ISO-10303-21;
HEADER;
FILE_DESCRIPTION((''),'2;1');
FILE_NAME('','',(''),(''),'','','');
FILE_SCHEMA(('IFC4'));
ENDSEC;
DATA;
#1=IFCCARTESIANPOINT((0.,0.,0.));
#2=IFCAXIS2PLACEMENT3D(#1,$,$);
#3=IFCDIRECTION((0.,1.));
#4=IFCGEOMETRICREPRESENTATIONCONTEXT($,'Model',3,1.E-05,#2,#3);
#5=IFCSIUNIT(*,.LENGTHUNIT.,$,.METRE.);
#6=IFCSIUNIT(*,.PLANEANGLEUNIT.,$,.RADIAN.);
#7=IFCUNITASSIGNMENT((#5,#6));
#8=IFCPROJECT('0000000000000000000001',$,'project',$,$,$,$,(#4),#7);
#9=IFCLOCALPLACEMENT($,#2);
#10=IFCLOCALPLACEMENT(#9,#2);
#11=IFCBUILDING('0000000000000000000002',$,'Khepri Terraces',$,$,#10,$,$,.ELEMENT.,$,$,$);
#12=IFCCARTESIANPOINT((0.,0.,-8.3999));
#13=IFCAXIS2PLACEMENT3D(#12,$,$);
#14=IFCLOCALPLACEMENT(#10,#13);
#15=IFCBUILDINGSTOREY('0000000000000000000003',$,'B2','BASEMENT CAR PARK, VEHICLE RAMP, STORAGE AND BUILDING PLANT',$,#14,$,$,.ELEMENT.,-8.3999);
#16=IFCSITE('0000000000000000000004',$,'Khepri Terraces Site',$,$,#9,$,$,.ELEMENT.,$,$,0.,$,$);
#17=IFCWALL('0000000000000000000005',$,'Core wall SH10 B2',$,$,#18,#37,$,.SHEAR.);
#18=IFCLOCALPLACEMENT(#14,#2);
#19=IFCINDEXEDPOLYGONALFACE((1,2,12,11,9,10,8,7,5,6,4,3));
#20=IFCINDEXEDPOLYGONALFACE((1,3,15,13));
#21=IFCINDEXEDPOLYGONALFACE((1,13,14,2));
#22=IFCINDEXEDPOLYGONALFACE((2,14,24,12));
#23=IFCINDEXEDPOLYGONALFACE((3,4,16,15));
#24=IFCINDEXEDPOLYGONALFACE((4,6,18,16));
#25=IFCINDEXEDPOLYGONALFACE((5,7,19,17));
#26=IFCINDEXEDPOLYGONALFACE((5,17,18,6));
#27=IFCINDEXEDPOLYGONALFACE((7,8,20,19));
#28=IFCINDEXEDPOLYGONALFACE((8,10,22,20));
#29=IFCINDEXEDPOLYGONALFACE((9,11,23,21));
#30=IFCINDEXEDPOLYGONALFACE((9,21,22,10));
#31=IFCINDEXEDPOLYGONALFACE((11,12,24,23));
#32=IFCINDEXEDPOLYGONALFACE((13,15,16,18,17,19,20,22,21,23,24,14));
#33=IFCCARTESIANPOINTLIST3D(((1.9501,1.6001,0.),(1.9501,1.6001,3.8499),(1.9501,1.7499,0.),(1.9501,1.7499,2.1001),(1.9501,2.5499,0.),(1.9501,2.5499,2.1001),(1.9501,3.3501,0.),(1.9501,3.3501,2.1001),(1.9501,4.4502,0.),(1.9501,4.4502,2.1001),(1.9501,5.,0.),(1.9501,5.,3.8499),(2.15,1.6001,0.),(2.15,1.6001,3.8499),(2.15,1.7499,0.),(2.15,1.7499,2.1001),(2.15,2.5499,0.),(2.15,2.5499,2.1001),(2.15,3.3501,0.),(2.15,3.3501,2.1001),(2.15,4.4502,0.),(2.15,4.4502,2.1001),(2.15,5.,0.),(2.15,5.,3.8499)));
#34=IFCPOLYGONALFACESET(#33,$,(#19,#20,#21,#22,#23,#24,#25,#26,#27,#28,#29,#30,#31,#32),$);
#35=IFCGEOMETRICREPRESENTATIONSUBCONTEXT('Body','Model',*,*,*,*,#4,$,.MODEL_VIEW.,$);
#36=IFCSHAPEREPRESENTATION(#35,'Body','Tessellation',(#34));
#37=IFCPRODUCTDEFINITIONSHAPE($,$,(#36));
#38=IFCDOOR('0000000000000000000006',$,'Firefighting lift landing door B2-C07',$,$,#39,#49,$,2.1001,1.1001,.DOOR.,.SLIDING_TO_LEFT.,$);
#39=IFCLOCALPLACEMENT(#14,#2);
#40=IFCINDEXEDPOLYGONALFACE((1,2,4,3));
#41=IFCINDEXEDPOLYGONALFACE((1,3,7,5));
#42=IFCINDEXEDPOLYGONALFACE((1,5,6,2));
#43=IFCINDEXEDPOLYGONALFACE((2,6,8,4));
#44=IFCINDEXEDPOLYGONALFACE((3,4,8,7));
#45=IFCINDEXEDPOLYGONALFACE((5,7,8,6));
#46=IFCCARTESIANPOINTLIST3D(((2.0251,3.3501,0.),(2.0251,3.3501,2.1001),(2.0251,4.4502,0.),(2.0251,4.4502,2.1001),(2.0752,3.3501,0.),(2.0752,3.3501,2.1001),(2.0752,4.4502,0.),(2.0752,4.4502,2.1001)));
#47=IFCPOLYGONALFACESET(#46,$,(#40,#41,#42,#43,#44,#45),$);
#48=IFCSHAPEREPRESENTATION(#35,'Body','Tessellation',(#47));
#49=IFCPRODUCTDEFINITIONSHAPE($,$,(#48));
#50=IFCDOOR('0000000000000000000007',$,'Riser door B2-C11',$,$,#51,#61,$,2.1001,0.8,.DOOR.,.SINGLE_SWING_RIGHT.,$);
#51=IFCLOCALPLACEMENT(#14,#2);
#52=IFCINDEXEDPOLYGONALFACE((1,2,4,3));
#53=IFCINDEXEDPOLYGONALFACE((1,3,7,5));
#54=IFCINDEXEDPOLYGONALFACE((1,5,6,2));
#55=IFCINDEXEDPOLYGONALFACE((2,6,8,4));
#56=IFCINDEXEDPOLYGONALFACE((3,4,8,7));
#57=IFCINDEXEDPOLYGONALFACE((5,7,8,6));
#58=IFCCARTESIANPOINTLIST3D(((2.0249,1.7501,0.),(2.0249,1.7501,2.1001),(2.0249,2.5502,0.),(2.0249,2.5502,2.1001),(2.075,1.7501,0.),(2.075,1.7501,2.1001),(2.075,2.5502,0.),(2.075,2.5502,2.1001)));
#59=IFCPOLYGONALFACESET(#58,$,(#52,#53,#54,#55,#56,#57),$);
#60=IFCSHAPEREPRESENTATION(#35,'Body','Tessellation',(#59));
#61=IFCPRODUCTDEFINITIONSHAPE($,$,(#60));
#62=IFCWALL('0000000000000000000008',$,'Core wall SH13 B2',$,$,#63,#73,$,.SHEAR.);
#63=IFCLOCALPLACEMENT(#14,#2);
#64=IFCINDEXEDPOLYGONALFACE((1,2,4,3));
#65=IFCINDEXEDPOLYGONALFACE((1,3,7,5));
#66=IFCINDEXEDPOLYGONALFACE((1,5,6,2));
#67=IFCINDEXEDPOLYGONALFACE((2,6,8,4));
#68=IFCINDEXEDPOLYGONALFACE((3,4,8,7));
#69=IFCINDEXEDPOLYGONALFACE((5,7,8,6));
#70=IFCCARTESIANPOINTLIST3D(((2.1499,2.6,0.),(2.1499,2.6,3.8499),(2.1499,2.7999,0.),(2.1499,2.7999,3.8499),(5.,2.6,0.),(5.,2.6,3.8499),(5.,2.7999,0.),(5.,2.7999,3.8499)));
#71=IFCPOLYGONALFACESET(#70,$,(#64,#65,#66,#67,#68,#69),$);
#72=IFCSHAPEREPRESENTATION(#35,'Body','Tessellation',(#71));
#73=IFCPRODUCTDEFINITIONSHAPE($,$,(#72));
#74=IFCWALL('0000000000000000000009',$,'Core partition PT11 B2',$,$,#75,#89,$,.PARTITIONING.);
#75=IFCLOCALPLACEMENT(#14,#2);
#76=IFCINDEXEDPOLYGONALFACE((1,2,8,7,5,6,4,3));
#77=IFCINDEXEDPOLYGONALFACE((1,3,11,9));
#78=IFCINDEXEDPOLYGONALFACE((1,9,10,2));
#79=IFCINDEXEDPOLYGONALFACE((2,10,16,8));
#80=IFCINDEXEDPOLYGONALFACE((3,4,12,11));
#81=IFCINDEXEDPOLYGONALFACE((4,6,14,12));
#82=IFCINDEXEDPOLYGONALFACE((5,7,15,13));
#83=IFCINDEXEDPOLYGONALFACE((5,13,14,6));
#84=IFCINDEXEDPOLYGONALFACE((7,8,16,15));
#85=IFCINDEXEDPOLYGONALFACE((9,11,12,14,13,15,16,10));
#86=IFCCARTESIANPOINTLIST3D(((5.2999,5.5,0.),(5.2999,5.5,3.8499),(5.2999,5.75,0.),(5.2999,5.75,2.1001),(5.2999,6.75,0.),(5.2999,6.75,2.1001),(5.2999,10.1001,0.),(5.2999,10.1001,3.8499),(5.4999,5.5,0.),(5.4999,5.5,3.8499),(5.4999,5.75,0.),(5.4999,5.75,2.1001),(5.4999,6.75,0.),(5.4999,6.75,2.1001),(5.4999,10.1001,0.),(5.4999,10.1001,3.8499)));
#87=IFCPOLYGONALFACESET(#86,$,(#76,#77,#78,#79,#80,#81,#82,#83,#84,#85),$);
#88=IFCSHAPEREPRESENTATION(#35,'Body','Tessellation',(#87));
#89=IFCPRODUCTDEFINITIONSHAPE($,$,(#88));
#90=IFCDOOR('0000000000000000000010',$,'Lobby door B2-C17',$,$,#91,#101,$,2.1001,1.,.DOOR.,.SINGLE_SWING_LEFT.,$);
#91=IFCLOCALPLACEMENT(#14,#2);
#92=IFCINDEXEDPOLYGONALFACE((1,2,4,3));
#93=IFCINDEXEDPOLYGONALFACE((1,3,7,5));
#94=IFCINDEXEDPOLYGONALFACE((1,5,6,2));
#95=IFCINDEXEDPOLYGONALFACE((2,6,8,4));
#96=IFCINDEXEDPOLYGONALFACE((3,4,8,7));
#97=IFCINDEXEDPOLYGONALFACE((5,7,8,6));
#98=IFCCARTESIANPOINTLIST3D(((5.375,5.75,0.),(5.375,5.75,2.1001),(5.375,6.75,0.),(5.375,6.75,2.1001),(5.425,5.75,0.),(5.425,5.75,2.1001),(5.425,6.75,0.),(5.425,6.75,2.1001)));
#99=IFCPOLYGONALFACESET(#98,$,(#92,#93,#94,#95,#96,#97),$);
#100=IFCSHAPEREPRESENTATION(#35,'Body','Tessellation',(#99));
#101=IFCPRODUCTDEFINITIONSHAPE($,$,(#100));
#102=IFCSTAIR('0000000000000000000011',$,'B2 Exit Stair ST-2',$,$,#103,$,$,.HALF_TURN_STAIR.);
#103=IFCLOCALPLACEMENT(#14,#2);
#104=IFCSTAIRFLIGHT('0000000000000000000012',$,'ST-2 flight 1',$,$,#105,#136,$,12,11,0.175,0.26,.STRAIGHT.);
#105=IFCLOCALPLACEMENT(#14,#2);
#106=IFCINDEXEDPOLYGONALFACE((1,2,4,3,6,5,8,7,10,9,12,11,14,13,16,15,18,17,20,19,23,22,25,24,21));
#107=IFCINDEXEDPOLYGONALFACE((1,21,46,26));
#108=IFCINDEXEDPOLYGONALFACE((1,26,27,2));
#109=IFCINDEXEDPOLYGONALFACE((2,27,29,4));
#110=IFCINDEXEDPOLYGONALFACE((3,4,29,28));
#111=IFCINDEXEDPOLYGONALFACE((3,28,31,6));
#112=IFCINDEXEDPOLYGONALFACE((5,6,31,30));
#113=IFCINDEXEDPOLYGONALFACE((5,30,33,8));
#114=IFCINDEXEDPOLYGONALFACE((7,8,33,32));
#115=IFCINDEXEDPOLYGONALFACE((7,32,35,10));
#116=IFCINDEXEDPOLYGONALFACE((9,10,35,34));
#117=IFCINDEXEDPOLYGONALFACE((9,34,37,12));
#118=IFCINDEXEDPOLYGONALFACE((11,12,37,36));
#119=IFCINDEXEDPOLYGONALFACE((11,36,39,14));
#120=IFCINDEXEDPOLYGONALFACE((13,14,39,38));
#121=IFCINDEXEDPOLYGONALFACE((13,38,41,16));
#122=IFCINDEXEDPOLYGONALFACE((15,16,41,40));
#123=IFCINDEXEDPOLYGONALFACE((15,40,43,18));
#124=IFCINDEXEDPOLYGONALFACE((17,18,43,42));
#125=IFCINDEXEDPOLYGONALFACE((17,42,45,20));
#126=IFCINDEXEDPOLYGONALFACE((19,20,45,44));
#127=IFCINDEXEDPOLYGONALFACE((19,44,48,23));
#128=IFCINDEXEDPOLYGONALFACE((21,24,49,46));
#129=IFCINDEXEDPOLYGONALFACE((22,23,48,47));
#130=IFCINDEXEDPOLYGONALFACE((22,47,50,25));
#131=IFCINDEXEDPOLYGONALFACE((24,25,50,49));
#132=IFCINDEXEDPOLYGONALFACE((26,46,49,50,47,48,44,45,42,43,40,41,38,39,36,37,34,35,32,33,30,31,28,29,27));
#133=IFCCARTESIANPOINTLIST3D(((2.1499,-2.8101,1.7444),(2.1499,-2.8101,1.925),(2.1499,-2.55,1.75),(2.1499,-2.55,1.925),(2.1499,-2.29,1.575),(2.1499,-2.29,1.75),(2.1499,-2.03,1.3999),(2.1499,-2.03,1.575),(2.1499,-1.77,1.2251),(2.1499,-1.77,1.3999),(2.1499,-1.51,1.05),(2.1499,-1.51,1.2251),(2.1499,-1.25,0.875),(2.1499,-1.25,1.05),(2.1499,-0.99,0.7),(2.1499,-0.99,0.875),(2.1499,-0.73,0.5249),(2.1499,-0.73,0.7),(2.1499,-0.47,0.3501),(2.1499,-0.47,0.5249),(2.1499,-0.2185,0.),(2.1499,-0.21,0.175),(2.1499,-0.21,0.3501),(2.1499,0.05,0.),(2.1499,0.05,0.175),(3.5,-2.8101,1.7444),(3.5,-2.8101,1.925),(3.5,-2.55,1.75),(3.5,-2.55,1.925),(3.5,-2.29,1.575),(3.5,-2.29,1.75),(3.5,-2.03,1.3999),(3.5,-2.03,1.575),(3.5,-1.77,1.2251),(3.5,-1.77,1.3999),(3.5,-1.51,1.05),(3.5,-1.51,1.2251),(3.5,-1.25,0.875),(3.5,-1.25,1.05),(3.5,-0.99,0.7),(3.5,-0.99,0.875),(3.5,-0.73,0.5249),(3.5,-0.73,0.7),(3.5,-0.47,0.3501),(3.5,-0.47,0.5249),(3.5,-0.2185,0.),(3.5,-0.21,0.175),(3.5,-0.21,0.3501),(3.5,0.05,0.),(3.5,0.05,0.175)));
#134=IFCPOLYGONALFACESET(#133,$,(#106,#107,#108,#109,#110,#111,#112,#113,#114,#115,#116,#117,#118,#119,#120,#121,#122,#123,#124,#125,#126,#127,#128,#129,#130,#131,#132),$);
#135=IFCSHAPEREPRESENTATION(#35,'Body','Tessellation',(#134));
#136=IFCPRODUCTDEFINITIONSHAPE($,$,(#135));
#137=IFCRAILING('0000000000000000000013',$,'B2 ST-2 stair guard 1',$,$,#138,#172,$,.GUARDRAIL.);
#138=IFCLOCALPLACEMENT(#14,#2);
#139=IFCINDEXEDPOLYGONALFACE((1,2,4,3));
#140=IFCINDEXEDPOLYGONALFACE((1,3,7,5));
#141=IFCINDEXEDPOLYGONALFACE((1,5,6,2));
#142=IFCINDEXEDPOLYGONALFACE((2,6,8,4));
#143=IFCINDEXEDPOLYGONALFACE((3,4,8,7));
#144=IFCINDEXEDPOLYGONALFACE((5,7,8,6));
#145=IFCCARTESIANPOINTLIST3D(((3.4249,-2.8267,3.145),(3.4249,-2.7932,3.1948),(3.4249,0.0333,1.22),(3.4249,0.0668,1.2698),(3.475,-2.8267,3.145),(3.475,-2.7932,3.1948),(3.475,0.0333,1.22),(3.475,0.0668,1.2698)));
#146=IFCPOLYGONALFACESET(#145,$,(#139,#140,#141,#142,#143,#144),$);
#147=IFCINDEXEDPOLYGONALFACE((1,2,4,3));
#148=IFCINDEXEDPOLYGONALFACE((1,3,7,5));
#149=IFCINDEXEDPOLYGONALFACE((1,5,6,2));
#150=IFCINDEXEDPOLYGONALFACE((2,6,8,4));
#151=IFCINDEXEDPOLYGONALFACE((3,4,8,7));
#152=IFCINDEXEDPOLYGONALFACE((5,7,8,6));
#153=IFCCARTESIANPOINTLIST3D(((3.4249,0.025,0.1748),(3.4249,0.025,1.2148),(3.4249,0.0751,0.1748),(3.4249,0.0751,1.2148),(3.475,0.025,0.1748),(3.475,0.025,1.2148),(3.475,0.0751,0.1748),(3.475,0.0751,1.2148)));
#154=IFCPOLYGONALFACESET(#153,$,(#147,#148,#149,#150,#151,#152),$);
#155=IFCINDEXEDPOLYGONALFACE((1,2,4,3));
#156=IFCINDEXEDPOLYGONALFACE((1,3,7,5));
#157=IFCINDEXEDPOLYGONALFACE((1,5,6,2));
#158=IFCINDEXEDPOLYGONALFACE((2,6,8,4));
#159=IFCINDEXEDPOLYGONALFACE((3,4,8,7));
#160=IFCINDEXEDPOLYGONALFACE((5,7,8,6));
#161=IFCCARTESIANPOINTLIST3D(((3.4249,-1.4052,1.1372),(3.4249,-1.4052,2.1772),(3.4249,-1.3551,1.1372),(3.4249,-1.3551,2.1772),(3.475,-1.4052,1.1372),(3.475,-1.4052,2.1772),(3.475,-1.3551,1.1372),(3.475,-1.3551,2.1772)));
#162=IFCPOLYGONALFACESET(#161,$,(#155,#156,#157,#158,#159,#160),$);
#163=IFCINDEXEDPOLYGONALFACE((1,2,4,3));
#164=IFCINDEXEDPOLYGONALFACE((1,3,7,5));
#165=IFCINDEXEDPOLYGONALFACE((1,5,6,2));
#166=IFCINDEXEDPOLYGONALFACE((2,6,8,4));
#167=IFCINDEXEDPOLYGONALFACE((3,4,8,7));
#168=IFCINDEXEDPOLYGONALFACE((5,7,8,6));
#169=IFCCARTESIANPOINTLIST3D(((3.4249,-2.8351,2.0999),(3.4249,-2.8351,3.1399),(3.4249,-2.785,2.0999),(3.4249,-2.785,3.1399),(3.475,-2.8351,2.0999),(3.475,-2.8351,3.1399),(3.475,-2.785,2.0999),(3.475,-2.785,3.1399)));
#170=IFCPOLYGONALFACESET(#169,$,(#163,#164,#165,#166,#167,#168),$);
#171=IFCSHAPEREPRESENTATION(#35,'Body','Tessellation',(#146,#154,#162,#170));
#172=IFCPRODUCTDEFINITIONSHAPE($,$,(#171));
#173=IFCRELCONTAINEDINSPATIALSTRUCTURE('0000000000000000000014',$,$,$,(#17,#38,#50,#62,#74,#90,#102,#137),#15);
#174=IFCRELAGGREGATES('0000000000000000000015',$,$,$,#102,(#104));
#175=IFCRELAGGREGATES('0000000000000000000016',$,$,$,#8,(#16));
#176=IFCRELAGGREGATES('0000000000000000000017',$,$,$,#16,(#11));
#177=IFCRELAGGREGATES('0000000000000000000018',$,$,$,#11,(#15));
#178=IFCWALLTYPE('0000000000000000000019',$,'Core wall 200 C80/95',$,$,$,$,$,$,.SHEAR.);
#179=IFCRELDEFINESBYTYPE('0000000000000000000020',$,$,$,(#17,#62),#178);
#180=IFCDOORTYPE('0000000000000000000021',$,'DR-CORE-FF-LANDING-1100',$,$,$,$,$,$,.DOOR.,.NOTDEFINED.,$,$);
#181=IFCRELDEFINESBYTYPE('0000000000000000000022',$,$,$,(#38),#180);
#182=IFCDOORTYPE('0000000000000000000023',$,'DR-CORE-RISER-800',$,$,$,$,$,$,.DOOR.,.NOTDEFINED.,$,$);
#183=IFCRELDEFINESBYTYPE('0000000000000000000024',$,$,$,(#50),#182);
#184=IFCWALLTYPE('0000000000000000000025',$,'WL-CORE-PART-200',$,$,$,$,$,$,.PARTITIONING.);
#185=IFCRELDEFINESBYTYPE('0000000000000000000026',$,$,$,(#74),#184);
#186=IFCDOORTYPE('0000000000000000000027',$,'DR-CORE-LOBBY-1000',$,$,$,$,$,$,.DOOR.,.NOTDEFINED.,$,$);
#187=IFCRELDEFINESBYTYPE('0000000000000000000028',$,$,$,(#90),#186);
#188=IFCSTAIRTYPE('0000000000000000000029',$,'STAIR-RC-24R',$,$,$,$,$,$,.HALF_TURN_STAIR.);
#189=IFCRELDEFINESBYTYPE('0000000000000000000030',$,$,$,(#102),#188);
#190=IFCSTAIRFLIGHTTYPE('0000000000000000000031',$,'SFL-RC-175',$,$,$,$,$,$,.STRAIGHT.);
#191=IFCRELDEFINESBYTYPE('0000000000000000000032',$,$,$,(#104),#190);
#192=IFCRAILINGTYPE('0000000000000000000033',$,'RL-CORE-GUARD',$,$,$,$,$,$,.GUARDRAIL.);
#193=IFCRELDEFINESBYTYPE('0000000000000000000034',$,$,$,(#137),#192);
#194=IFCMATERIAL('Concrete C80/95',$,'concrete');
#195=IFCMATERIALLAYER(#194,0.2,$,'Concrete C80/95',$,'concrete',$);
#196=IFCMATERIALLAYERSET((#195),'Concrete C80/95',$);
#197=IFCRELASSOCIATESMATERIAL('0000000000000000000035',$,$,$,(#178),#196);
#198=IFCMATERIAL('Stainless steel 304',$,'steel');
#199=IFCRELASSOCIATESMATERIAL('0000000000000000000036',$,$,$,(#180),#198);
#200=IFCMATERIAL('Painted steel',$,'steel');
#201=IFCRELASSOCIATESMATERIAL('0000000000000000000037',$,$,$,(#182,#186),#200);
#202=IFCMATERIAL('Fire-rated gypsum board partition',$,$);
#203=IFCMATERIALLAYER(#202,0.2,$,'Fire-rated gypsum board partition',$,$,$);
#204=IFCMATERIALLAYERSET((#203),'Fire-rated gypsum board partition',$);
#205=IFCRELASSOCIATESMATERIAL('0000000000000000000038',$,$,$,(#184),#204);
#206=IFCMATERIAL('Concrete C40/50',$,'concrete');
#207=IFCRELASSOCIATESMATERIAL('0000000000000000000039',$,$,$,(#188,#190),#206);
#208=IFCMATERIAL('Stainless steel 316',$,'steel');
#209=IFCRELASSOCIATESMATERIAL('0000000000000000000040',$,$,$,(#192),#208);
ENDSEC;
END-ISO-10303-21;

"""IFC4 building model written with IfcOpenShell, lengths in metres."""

from ifc_helpers import new_model, si_unit, direction, frame, frame_2d, origin, origin_2d, place, context, subcontext, project, spatial, polyline, rectangle, outline, extrude, material, layer, layer_set, type_object, element, fill, aggregate, save


model = new_model("IFC4")

# Units and contexts
model_context = context("Model", 3, precision=1e-05, world=origin(), true_north=direction((0.0, 1.0)))
body_context = subcontext(model_context, "Body", "Model", "MODEL_VIEW")
ifc_project = project(units=[si_unit("LENGTHUNIT", "METRE"), si_unit("PLANEANGLEUNIT", "RADIAN")], contexts=[model_context])

# Site, building, storey
site_placement = place(None, origin())
site = spatial("IfcSite", under=ifc_project, at=site_placement, Name="Khepri Terraces Site", CompositionType="ELEMENT", RefElevation=0.0)
building_placement = place(site_placement, origin())
building = spatial("IfcBuilding", under=site, at=building_placement, Name="Khepri Terraces", CompositionType="ELEMENT")
storey_placement = place(building_placement, frame((0.0, 0.0, -8.3999)))
storey = spatial("IfcBuildingStorey", under=building, at=storey_placement, Name="B2", Description="BASEMENT CAR PARK, VEHICLE RAMP, STORAGE AND BUILDING PLANT", CompositionType="ELEMENT", Elevation=-8.3999)

# Shared definitions
ifc_material_1 = material(Name="Concrete C80/95", Category="concrete")
ifc_layer_1 = layer(ifc_material_1, 0.2, Name="Concrete C80/95", Category="concrete")
ifc_layer_set_1 = layer_set([ifc_layer_1], Name="Concrete C80/95")
wall_type_1 = type_object("IfcWallType", Name="Core wall 200 C80/95", PredefinedType="SHEAR", material=ifc_layer_set_1)

# Shared definitions
ifc_material_2 = material(Name="Painted steel", Category="steel")

# Wall, openings, doors
wall_1_placement = place(storey_placement, frame((2.05, 1.6001, 0.0), z_axis=(0.0, 0.0, 1.0), x_axis=(0.0, 1.0, 0.0)))
wall_1 = element("IfcWall", 1, at=wall_1_placement, inside=storey, type_object=wall_type_1, Name="Core wall SH10 B2", PredefinedType="SHEAR", context=body_context, shape_type="SweptSolid", body=[
    extrude(rectangle(XDim=3.3999, YDim=0.2, at=frame_2d((1.7, 0.0))), origin(), (0.0, 0.0, 1.0), 3.8499),
])
opening_1_placement = place(wall_1_placement, frame((1.75, 0.0, 0.0)))
opening_1 = element("IfcOpeningElement", 2, at=opening_1_placement, cuts=wall_1, PredefinedType="OPENING", context=body_context, shape_type="SweptSolid", body=[
    extrude(rectangle(XDim=1.1001, YDim=2.1001, at=frame_2d((0.55, 1.05))), frame((0.0, 0.1099, 0.0), z_axis=(0.0, -1.0, 0.0), x_axis=(1.0, 0.0, 0.0)), (0.0, 0.0, 1.0), 0.22),
])
opening_2_placement = place(wall_1_placement, frame((0.1499, 0.0, 0.0)))
opening_2 = element("IfcOpeningElement", 3, at=opening_2_placement, cuts=wall_1, PredefinedType="OPENING", context=body_context, shape_type="SweptSolid", body=[
    extrude(rectangle(XDim=0.8, YDim=2.1001, at=frame_2d((0.3999, 1.05))), frame((0.0, 0.1099, 0.0), z_axis=(0.0, -1.0, 0.0), x_axis=(1.0, 0.0, 0.0)), (0.0, 0.0, 1.0), 0.22),
])
ifc_material_3 = material(Name="Stainless steel 304", Category="steel")
door_type_1 = type_object("IfcDoorType", Name="DR-CORE-FF-LANDING-1100", OperationType="NOTDEFINED", PredefinedType="DOOR", material=ifc_material_3)
door_1_placement = place(opening_1_placement, origin())
door_1 = element("IfcDoor", 4, at=door_1_placement, inside=storey, type_object=door_type_1, Name="Firefighting lift landing door B2-C07", OperationType="SLIDING_TO_LEFT", OverallHeight=2.1001, OverallWidth=1.1001, PredefinedType="DOOR", context=body_context, shape_type="SweptSolid", body=[
    extrude(rectangle(XDim=1.1001, YDim=2.1001, at=frame_2d((0.55, 1.05))), frame((0.0, 0.0249, 0.0), z_axis=(0.0, -1.0, 0.0), x_axis=(1.0, 0.0, 0.0)), (0.0, 0.0, 1.0), 0.05),
])
fill(opening_1, door_1)
door_type_2 = type_object("IfcDoorType", Name="DR-CORE-RISER-800", OperationType="NOTDEFINED", PredefinedType="DOOR", material=ifc_material_2)
door_2_placement = place(opening_2_placement, frame((0.8, 0.0, 0.0), z_axis=(0.0, 0.0, 1.0), x_axis=(-1.0, 0.0, 0.0)))
door_2 = element("IfcDoor", 5, at=door_2_placement, inside=storey, type_object=door_type_2, Name="Riser door B2-C11", OperationType="SINGLE_SWING_RIGHT", OverallHeight=2.1001, OverallWidth=0.8, PredefinedType="DOOR", context=body_context, shape_type="SweptSolid", body=[
    extrude(rectangle(XDim=0.8, YDim=2.1001, at=frame_2d((0.3999, 1.05))), frame((0.0, 0.0249, 0.0), z_axis=(0.0, -1.0, 0.0), x_axis=(1.0, 0.0, 0.0)), (0.0, 0.0, 1.0), 0.05),
])
fill(opening_2, door_2)

# Wall
wall_2_placement = place(storey_placement, frame((2.1499, 2.7, 0.0), z_axis=(0.0, 0.0, 1.0), x_axis=(1.0, 0.0, 0.0)))
element("IfcWall", 6, at=wall_2_placement, inside=storey, type_object=wall_type_1, Name="Core wall SH13 B2", PredefinedType="SHEAR", context=body_context, shape_type="SweptSolid", body=[
    extrude(rectangle(XDim=2.8501, YDim=0.2, at=frame_2d((1.425, 0.0))), origin(), (0.0, 0.0, 1.0), 3.8499),
])

# Wall, opening, door
ifc_material_4 = material(Name="Fire-rated gypsum board partition")
ifc_layer_2 = layer(ifc_material_4, 0.2, Name="Fire-rated gypsum board partition")
ifc_layer_set_2 = layer_set([ifc_layer_2], Name="Fire-rated gypsum board partition")
wall_type_2 = type_object("IfcWallType", Name="WL-CORE-PART-200", PredefinedType="PARTITIONING", material=ifc_layer_set_2)
wall_3_placement = place(storey_placement, frame((5.3999, 5.5, 0.0), z_axis=(0.0, 0.0, 1.0), x_axis=(0.0, 1.0, 0.0)))
wall_3 = element("IfcWall", 7, at=wall_3_placement, inside=storey, type_object=wall_type_2, Name="Core partition PT11 B2", PredefinedType="PARTITIONING", context=body_context, shape_type="SweptSolid", body=[
    extrude(rectangle(XDim=4.6001, YDim=0.2, at=frame_2d((2.3, 0.0))), origin(), (0.0, 0.0, 1.0), 3.8499),
])
opening_3_placement = place(wall_3_placement, frame((0.25, 0.0, 0.0)))
opening_3 = element("IfcOpeningElement", 8, at=opening_3_placement, cuts=wall_3, PredefinedType="OPENING", context=body_context, shape_type="SweptSolid", body=[
    extrude(rectangle(XDim=1.0, YDim=2.1001, at=frame_2d((0.5, 1.05))), frame((0.0, 0.1099, 0.0), z_axis=(0.0, -1.0, 0.0), x_axis=(1.0, 0.0, 0.0)), (0.0, 0.0, 1.0), 0.22),
])
door_type_3 = type_object("IfcDoorType", Name="DR-CORE-LOBBY-1000", OperationType="NOTDEFINED", PredefinedType="DOOR", material=ifc_material_2)
door_3_placement = place(opening_3_placement, origin())
door_3 = element("IfcDoor", 9, at=door_3_placement, inside=storey, type_object=door_type_3, Name="Lobby door B2-C17", OperationType="SINGLE_SWING_LEFT", OverallHeight=2.1001, OverallWidth=1.0, PredefinedType="DOOR", context=body_context, shape_type="SweptSolid", body=[
    extrude(rectangle(XDim=1.0, YDim=2.1001, at=frame_2d((0.5, 1.05))), frame((0.0, 0.0249, 0.0), z_axis=(0.0, -1.0, 0.0), x_axis=(1.0, 0.0, 0.0)), (0.0, 0.0, 1.0), 0.05),
])
fill(opening_3, door_3)

# Stair, stair flight
ifc_material_5 = material(Name="Concrete C40/50", Category="concrete")
stair_type = type_object("IfcStairType", Name="STAIR-RC-24R", PredefinedType="HALF_TURN_STAIR", material=ifc_material_5)
stair_placement = place(storey_placement, origin())
stair = element("IfcStair", 10, at=stair_placement, inside=storey, type_object=stair_type, Name="B2 Exit Stair ST-2", PredefinedType="HALF_TURN_STAIR")
stair_flight_type = type_object("IfcStairFlightType", Name="SFL-RC-175", PredefinedType="STRAIGHT", material=ifc_material_5)
stair_flight_placement = place(storey_placement, frame((2.825, 0.05, 0.0), z_axis=(0.0, 0.0, 1.0), x_axis=(0.0, -1.0, 0.0)))
stair_flight = element("IfcStairFlight", 11, at=stair_flight_placement, type_object=stair_flight_type, Name="ST-2 flight 1", NumberOfRisers=12, NumberOfTreads=11, PredefinedType="STRAIGHT", RiserHeight=0.175, TreadLength=0.26, context=body_context, shape_type="SweptSolid", body=[
    extrude(outline(polyline([(0.0, 0.0), (0.0, 0.175), (0.26, 0.175), (0.26, 0.3501), (0.52, 0.3501), (0.52, 0.5249), (0.78, 0.5249), (0.78, 0.7), (1.04, 0.7), (1.04, 0.875), (1.3, 0.875), (1.3, 1.05), (1.5601, 1.05), (1.5601, 1.2251), (1.8201, 1.2251), (1.8201, 1.3999), (2.0801, 1.3999), (2.0801, 1.575), (2.3401, 1.575), (2.3401, 1.75), (2.6001, 1.75), (2.6001, 1.925), (2.8601, 1.925), (2.8601, 2.1001), (2.8601, 1.7444), (0.2686, 0.0), (0.0, 0.0)])), frame((0.0, 0.675, 0.0), z_axis=(0.0, -1.0, 0.0), x_axis=(1.0, 0.0, 0.0)), (0.0, 0.0, 1.0), 1.3501),
])
aggregate(stair, [stair_flight])

# Railing
ifc_material_6 = material(Name="Stainless steel 316", Category="steel")
railing_type_1 = type_object("IfcRailingType", Name="RL-CORE-GUARD", PredefinedType="GUARDRAIL", material=ifc_material_6)
railing_1_placement = place(storey_placement, frame((3.45, 0.05, 0.1748)))
element("IfcRailing", 12, at=railing_1_placement, inside=storey, type_object=railing_type_1, Name="B2 ST-2 stair guard 1", PredefinedType="GUARDRAIL", context=body_context, shape_type="SweptSolid", body=[
    extrude(rectangle(XDim=0.05, YDim=0.0601, at=origin_2d()), frame((0.0, 0.0, 1.0701), z_axis=(0.0, -0.829591, 0.558372), x_axis=(1.0, 0.0, 0.0)), (0.0, 0.0, 1.0), 3.4475),
    extrude(rectangle(XDim=0.05, YDim=0.05, at=origin_2d()), origin(), (0.0, 0.0, 1.0), 1.04),
    extrude(rectangle(XDim=0.05, YDim=0.05, at=origin_2d()), frame((0.0, -1.4302, 0.9624)), (0.0, 0.0, 1.0), 1.04),
    extrude(rectangle(XDim=0.05, YDim=0.05, at=origin_2d()), frame((0.0, -2.8601, 1.925)), (0.0, 0.0, 1.0), 1.04),
])

save(model, "model.ifc")
